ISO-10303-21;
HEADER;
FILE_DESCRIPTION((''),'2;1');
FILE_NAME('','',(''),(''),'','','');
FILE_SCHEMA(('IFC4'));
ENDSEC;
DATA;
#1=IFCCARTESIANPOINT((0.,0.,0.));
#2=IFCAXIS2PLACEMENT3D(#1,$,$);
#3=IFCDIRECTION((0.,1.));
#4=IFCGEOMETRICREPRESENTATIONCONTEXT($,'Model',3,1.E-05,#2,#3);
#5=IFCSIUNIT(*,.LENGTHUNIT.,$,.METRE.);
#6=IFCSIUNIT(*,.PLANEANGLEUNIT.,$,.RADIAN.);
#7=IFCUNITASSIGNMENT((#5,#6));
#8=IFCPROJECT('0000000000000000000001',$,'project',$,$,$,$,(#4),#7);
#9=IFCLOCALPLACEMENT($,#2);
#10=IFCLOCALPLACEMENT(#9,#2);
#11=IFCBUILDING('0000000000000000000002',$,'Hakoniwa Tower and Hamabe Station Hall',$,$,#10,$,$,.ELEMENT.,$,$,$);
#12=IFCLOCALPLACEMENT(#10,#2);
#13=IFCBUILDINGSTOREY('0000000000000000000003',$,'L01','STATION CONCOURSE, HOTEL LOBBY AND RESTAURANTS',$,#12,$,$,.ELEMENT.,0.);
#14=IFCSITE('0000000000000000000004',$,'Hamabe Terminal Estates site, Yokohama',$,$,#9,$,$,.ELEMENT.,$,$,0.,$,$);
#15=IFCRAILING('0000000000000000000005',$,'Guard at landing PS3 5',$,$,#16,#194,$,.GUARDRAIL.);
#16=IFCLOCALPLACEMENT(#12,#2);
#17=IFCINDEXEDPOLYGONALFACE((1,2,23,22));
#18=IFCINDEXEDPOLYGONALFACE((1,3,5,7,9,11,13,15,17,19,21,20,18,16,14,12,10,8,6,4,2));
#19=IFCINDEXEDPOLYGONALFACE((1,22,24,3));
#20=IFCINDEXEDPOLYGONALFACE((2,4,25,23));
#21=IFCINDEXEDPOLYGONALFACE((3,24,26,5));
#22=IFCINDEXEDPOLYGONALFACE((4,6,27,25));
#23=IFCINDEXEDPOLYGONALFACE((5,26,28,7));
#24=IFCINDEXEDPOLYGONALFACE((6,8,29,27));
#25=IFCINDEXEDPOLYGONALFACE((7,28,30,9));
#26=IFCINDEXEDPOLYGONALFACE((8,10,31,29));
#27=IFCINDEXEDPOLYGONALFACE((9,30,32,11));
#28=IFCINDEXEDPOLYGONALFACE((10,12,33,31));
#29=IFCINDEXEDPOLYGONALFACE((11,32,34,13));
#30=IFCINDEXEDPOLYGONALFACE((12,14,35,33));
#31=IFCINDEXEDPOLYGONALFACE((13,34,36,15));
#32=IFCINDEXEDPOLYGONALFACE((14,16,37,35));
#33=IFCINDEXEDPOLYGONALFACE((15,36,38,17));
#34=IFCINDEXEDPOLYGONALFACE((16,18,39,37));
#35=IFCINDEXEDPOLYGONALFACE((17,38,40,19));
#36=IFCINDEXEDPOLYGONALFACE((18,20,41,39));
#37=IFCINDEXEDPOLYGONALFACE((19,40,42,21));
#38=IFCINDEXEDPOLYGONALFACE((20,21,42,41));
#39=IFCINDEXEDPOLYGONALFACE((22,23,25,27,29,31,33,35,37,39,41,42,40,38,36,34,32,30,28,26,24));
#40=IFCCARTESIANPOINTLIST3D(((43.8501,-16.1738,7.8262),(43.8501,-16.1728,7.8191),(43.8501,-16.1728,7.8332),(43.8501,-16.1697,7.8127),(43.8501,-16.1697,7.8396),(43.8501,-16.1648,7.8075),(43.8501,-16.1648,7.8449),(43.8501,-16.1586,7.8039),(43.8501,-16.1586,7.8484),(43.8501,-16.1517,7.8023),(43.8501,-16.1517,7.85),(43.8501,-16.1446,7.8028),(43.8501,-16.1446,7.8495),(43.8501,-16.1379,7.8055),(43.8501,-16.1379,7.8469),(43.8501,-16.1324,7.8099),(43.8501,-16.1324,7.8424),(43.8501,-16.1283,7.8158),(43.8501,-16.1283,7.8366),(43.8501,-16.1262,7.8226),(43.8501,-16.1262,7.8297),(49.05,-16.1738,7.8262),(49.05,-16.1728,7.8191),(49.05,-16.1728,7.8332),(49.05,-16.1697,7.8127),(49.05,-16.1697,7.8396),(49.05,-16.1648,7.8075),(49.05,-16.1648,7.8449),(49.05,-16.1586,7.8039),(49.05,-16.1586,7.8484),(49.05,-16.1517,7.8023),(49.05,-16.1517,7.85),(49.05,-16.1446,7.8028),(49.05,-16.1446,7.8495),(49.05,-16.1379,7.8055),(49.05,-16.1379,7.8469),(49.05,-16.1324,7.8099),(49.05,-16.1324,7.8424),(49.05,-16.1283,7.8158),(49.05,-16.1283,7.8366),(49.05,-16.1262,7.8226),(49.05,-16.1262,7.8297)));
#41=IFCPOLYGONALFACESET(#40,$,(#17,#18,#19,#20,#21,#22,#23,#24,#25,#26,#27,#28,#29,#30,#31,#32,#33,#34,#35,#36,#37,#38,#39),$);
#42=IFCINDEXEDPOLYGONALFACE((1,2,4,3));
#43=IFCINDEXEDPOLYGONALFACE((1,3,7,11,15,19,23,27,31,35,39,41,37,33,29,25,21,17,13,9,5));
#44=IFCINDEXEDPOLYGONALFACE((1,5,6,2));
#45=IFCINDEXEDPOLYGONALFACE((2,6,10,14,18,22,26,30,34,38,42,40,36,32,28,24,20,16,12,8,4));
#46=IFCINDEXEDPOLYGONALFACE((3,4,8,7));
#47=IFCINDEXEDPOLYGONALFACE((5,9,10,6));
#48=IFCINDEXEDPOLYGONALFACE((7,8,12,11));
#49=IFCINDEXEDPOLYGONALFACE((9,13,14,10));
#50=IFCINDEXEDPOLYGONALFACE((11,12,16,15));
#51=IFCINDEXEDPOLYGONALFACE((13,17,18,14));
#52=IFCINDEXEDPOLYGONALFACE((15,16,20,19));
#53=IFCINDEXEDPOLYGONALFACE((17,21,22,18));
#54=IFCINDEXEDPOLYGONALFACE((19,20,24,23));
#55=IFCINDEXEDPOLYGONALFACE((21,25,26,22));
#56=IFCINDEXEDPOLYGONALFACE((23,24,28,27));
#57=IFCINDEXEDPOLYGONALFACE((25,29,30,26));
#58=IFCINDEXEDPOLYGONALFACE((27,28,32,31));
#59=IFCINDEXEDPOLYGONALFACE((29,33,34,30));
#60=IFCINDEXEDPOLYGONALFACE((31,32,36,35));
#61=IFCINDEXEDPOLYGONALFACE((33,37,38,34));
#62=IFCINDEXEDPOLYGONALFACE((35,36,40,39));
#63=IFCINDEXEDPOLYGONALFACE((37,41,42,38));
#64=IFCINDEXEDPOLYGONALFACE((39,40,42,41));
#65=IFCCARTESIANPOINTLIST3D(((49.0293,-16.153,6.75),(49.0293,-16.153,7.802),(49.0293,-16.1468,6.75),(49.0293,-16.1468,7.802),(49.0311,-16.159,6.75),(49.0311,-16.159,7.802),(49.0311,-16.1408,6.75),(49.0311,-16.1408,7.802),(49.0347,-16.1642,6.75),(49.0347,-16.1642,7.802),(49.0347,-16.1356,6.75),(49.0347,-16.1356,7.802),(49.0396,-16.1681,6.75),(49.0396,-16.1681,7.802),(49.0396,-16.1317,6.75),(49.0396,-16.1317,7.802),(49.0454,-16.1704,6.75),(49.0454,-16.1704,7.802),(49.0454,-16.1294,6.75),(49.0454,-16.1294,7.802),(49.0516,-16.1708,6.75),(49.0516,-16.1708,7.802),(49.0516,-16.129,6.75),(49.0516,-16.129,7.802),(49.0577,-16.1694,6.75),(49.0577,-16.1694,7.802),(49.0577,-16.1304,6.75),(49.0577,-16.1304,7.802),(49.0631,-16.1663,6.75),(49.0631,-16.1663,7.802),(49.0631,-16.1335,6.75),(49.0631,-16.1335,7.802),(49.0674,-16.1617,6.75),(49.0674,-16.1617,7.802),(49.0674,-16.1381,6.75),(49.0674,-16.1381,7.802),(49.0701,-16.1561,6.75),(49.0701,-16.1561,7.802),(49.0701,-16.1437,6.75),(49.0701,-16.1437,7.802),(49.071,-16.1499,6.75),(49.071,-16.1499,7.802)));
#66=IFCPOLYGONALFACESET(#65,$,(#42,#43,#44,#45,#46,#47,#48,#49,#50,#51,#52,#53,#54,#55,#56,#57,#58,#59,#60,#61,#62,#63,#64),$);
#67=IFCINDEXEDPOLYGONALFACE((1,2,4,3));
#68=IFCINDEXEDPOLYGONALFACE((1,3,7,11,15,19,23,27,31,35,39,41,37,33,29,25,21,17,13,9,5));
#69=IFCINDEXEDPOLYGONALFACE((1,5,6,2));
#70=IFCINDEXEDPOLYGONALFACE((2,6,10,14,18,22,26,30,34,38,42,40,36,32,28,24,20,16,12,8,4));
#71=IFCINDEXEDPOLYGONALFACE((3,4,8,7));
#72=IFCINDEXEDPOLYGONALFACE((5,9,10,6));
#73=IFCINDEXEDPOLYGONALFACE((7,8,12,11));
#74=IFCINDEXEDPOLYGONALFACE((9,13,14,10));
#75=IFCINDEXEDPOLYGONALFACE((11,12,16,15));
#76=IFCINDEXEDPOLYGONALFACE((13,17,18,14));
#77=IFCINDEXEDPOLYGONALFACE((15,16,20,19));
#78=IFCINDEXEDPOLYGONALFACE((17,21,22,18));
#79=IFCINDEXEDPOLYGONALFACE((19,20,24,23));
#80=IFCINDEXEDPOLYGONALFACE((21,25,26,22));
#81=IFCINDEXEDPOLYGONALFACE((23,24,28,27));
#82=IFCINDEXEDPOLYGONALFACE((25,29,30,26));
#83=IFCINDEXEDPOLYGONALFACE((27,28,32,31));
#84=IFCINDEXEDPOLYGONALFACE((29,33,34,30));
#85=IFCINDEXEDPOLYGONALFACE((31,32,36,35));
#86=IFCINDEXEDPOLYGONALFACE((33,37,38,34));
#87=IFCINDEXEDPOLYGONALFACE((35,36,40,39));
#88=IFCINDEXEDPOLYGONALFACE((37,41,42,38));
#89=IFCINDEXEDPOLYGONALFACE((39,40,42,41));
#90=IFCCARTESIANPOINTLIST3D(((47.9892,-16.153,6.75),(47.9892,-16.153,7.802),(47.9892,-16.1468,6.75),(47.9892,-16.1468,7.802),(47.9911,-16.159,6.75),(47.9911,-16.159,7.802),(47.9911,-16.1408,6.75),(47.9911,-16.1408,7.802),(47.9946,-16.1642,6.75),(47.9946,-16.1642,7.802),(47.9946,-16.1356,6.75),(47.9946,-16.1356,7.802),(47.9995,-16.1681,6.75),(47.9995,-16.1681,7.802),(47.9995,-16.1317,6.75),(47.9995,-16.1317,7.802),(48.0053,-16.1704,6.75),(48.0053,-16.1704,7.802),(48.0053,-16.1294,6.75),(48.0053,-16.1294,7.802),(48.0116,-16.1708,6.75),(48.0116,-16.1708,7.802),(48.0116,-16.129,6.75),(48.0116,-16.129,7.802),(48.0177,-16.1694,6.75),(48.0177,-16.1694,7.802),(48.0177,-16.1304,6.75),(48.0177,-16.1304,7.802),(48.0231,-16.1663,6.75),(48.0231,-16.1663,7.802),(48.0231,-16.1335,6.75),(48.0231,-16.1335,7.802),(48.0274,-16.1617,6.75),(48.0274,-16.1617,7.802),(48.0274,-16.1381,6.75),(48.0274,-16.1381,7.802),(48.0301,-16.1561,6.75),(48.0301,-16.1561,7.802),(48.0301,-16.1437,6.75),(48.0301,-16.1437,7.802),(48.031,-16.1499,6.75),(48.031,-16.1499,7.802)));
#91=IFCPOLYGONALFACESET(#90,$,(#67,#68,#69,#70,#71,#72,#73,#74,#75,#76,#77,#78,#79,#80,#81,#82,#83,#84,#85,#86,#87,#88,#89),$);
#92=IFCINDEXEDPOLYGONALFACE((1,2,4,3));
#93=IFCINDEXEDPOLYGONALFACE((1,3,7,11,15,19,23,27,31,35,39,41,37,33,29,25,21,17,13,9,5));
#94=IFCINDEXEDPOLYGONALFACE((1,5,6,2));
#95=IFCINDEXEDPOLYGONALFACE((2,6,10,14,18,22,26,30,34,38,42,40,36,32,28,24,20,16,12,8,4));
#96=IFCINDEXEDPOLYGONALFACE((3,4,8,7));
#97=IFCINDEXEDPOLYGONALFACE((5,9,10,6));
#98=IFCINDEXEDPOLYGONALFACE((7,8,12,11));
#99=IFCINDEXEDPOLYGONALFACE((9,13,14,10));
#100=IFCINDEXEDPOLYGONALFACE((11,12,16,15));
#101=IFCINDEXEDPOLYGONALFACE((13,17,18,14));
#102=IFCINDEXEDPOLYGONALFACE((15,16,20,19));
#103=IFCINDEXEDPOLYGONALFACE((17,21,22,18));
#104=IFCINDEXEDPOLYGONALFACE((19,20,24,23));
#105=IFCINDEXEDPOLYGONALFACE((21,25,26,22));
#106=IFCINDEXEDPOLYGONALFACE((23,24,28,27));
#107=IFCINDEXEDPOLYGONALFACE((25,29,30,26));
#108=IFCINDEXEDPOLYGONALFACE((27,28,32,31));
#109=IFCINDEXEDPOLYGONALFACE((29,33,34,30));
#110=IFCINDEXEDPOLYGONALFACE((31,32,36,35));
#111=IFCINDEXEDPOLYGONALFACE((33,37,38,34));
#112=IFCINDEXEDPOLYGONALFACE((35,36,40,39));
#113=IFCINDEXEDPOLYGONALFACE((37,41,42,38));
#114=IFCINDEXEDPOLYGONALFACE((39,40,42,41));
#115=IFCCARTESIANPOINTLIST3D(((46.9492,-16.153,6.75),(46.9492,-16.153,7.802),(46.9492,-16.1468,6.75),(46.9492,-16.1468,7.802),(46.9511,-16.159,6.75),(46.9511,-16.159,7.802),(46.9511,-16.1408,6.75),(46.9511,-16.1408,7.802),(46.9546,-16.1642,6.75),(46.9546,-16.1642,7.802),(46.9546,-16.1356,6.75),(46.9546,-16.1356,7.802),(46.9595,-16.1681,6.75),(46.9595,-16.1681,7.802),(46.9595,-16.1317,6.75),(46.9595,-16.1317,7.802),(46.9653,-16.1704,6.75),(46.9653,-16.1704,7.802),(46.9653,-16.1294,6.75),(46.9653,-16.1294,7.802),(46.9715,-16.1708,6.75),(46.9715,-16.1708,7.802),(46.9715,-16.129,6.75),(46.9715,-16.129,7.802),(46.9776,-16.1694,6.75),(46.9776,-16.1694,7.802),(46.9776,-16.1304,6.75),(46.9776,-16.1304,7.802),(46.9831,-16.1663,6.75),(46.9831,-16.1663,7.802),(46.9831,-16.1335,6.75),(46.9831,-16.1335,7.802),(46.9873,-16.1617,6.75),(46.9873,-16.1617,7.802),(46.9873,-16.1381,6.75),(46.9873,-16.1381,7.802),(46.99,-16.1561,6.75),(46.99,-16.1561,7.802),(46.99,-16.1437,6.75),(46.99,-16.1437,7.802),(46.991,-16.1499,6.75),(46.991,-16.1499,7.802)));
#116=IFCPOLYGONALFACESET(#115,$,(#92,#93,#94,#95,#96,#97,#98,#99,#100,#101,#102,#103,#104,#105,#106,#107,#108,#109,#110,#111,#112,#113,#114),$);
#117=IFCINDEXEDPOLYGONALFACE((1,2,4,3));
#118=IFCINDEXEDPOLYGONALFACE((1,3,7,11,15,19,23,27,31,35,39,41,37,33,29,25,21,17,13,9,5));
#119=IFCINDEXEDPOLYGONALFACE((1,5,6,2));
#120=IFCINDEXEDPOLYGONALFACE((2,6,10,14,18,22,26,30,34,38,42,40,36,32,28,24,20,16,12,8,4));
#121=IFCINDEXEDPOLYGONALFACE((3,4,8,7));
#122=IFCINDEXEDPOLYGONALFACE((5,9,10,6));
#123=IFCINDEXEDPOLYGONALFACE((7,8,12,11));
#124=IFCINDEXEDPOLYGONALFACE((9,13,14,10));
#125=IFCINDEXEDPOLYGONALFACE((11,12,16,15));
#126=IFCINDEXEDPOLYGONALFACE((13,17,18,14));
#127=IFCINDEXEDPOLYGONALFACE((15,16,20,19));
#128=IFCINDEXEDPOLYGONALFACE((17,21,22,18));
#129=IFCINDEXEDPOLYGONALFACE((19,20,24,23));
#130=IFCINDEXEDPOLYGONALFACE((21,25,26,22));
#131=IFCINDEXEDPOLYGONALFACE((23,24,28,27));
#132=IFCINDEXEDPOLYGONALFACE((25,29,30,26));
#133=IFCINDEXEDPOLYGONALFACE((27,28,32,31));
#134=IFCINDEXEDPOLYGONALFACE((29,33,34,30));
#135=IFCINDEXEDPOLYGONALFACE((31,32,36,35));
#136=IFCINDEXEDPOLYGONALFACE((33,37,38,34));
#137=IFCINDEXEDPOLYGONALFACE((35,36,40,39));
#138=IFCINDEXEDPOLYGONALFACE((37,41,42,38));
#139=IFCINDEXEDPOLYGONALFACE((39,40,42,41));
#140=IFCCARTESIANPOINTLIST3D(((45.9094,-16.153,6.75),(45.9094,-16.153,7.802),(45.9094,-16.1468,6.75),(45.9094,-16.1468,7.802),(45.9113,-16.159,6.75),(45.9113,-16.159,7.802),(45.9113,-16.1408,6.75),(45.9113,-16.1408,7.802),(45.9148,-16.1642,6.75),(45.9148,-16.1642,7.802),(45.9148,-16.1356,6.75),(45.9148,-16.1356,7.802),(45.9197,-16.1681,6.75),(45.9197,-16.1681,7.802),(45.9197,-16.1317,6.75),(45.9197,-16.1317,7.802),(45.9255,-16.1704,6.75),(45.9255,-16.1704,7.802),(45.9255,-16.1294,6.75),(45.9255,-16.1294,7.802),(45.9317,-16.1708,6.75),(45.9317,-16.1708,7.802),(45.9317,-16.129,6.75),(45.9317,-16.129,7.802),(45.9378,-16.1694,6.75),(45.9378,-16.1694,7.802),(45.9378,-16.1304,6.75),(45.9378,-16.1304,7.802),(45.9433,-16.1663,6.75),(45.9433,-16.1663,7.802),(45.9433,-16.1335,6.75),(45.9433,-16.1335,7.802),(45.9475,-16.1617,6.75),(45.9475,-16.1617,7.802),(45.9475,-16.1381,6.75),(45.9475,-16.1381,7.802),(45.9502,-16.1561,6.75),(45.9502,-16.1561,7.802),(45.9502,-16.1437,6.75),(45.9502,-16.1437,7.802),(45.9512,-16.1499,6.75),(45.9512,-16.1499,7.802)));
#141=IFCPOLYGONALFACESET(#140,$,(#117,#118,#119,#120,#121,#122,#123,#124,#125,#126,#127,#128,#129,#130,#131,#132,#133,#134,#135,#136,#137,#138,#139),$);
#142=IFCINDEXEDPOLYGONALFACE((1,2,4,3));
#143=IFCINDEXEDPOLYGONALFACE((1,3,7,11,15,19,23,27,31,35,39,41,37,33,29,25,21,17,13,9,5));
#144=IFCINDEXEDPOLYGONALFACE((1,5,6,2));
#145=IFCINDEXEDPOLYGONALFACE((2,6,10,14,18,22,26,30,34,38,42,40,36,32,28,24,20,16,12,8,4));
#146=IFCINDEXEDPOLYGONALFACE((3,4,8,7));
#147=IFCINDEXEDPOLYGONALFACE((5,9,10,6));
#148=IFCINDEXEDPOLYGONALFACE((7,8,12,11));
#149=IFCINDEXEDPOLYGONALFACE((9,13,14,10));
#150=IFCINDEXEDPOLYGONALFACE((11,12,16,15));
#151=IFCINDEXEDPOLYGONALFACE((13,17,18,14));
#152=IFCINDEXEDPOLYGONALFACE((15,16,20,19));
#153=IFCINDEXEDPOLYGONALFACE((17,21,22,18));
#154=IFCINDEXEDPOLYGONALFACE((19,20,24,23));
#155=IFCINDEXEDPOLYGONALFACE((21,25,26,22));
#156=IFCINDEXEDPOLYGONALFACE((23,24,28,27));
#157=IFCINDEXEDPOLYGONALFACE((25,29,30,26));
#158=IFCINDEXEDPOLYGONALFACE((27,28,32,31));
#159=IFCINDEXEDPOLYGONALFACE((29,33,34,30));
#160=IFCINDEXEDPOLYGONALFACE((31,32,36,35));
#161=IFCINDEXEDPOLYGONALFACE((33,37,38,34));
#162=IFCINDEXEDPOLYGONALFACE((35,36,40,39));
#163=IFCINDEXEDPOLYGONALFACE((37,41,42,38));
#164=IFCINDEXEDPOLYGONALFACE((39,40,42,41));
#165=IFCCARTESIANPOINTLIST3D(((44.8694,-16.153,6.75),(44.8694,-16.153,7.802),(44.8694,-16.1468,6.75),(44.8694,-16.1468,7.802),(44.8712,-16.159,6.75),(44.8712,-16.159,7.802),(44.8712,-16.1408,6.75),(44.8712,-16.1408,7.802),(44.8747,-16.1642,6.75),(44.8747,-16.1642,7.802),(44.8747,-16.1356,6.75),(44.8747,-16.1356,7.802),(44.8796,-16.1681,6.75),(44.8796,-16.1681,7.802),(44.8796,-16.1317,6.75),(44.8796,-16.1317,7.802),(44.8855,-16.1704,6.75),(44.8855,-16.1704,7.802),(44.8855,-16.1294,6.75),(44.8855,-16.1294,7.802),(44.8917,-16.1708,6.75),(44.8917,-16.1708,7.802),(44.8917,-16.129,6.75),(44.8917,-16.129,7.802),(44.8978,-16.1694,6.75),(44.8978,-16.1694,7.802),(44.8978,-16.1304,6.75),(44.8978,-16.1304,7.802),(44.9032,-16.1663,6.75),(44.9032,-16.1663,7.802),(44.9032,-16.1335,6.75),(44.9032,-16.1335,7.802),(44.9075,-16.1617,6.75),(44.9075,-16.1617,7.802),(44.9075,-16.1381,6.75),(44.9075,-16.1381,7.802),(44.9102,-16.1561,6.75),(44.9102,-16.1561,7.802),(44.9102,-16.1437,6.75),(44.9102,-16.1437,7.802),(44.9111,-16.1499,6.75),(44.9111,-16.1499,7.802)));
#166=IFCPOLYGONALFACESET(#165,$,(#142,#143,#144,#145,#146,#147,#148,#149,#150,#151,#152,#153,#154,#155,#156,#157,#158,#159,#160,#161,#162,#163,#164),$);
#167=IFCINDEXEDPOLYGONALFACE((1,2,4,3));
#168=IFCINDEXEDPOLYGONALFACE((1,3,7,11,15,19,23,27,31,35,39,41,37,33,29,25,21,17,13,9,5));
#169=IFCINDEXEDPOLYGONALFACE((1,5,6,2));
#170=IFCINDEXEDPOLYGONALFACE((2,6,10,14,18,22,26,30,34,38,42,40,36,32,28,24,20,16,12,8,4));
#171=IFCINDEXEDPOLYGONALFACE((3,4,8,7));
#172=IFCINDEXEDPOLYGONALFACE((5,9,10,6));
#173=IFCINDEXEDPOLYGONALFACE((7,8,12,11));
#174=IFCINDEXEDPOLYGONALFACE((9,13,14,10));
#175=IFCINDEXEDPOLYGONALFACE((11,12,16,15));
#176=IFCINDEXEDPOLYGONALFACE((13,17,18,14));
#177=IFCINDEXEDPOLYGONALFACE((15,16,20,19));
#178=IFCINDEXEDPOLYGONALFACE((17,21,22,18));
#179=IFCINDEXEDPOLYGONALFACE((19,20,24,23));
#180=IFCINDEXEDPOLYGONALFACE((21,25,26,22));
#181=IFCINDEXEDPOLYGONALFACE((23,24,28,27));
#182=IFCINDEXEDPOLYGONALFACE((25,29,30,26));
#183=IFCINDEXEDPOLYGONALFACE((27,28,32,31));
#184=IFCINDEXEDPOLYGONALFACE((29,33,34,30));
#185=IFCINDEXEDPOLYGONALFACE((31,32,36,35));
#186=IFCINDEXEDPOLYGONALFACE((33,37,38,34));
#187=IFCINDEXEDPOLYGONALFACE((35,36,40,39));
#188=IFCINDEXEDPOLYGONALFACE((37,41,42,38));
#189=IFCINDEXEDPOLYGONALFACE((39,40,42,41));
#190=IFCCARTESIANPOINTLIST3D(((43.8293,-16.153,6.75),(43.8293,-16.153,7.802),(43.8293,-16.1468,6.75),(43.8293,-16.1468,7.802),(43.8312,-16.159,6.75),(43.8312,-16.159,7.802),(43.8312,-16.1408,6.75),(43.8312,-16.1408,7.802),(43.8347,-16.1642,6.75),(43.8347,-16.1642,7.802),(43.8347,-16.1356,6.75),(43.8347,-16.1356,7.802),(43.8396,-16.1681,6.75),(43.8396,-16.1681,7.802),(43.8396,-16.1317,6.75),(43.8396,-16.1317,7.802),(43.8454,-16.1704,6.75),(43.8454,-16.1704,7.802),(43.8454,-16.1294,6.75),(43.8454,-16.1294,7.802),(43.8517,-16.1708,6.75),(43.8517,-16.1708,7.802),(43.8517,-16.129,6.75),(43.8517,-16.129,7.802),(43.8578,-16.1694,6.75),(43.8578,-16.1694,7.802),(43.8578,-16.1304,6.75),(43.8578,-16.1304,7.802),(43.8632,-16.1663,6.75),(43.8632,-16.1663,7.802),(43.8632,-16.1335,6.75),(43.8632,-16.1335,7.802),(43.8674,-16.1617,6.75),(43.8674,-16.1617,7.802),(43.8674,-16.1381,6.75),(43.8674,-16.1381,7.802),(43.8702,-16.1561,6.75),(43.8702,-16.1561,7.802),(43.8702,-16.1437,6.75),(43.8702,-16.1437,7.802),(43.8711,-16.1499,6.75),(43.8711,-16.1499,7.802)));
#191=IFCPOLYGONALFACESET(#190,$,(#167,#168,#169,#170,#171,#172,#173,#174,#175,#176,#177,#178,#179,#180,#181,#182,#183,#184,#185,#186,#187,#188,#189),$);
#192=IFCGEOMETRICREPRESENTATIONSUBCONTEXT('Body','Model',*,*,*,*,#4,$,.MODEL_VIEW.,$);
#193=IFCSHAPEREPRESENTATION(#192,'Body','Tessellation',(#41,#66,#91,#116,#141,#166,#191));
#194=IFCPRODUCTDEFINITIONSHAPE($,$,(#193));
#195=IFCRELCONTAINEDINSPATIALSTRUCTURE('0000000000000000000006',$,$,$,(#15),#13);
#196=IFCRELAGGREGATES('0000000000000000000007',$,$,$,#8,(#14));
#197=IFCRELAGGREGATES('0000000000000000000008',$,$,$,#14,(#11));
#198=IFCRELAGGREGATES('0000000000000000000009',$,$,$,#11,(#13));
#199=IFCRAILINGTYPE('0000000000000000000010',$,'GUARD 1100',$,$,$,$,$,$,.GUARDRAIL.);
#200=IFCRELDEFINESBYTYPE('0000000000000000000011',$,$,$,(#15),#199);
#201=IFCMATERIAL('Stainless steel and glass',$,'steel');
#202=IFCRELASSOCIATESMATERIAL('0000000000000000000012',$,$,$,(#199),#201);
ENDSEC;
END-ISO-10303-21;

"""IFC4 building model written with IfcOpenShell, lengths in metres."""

from ifc_helpers import new_model, si_unit, direction, frame, origin, origin_2d, place, context, subcontext, project, spatial, circle, extrude, material, type_object, element, save


model = new_model("IFC4")

# Units and contexts
model_context = context("Model", 3, precision=1e-05, world=origin(), true_north=direction((0.0, 1.0)))
body_context = subcontext(model_context, "Body", "Model", "MODEL_VIEW")
ifc_project = project(units=[si_unit("LENGTHUNIT", "METRE"), si_unit("PLANEANGLEUNIT", "RADIAN")], contexts=[model_context])

# Site, building, storey
site_placement = place(None, origin())
site = spatial("IfcSite", under=ifc_project, at=site_placement, Name="Hamabe Terminal Estates site, Yokohama", CompositionType="ELEMENT", RefElevation=0.0)
building_placement = place(site_placement, origin())
building = spatial("IfcBuilding", under=site, at=building_placement, Name="Hakoniwa Tower and Hamabe Station Hall", CompositionType="ELEMENT")
storey_placement = place(building_placement, origin())
storey = spatial("IfcBuildingStorey", under=building, at=storey_placement, Name="L01", Description="STATION CONCOURSE, HOTEL LOBBY AND RESTAURANTS", CompositionType="ELEMENT", Elevation=0.0)

# Railing
ifc_material_1 = material(Name="Stainless steel and glass", Category="steel")
railing_type_1 = type_object("IfcRailingType", Name="GUARD 1100", PredefinedType="GUARDRAIL", material=ifc_material_1)
railing_1_placement = place(storey_placement, frame((49.05, -16.1499, 6.75)))
element("IfcRailing", 1, at=railing_1_placement, inside=storey, type_object=railing_type_1, Name="Guard at landing PS3 5", PredefinedType="GUARDRAIL", context=body_context, shape_type="SweptSolid", body=[
    extrude(circle(Radius=0.0239, at=origin_2d()), frame((0.0, 0.0, 1.0762), z_axis=(-1.0, 0.0, 0.0), x_axis=(0.0, -1.0, 0.0)), (0.0, 0.0, 1.0), 5.2),
    extrude(circle(Radius=0.021, at=origin_2d()), origin(), (0.0, 0.0, 1.0), 1.052),
    extrude(circle(Radius=0.021, at=origin_2d()), frame((-1.04, 0.0, 0.0)), (0.0, 0.0, 1.0), 1.052),
    extrude(circle(Radius=0.021, at=origin_2d()), frame((-2.0801, 0.0, 0.0)), (0.0, 0.0, 1.0), 1.052),
    extrude(circle(Radius=0.021, at=origin_2d()), frame((-3.1199, 0.0, 0.0)), (0.0, 0.0, 1.0), 1.052),
    extrude(circle(Radius=0.021, at=origin_2d()), frame((-4.1599, 0.0, 0.0)), (0.0, 0.0, 1.0), 1.052),
    extrude(circle(Radius=0.021, at=origin_2d()), frame((-5.2, 0.0, 0.0)), (0.0, 0.0, 1.0), 1.052),
])

save(model, "model.ifc")
